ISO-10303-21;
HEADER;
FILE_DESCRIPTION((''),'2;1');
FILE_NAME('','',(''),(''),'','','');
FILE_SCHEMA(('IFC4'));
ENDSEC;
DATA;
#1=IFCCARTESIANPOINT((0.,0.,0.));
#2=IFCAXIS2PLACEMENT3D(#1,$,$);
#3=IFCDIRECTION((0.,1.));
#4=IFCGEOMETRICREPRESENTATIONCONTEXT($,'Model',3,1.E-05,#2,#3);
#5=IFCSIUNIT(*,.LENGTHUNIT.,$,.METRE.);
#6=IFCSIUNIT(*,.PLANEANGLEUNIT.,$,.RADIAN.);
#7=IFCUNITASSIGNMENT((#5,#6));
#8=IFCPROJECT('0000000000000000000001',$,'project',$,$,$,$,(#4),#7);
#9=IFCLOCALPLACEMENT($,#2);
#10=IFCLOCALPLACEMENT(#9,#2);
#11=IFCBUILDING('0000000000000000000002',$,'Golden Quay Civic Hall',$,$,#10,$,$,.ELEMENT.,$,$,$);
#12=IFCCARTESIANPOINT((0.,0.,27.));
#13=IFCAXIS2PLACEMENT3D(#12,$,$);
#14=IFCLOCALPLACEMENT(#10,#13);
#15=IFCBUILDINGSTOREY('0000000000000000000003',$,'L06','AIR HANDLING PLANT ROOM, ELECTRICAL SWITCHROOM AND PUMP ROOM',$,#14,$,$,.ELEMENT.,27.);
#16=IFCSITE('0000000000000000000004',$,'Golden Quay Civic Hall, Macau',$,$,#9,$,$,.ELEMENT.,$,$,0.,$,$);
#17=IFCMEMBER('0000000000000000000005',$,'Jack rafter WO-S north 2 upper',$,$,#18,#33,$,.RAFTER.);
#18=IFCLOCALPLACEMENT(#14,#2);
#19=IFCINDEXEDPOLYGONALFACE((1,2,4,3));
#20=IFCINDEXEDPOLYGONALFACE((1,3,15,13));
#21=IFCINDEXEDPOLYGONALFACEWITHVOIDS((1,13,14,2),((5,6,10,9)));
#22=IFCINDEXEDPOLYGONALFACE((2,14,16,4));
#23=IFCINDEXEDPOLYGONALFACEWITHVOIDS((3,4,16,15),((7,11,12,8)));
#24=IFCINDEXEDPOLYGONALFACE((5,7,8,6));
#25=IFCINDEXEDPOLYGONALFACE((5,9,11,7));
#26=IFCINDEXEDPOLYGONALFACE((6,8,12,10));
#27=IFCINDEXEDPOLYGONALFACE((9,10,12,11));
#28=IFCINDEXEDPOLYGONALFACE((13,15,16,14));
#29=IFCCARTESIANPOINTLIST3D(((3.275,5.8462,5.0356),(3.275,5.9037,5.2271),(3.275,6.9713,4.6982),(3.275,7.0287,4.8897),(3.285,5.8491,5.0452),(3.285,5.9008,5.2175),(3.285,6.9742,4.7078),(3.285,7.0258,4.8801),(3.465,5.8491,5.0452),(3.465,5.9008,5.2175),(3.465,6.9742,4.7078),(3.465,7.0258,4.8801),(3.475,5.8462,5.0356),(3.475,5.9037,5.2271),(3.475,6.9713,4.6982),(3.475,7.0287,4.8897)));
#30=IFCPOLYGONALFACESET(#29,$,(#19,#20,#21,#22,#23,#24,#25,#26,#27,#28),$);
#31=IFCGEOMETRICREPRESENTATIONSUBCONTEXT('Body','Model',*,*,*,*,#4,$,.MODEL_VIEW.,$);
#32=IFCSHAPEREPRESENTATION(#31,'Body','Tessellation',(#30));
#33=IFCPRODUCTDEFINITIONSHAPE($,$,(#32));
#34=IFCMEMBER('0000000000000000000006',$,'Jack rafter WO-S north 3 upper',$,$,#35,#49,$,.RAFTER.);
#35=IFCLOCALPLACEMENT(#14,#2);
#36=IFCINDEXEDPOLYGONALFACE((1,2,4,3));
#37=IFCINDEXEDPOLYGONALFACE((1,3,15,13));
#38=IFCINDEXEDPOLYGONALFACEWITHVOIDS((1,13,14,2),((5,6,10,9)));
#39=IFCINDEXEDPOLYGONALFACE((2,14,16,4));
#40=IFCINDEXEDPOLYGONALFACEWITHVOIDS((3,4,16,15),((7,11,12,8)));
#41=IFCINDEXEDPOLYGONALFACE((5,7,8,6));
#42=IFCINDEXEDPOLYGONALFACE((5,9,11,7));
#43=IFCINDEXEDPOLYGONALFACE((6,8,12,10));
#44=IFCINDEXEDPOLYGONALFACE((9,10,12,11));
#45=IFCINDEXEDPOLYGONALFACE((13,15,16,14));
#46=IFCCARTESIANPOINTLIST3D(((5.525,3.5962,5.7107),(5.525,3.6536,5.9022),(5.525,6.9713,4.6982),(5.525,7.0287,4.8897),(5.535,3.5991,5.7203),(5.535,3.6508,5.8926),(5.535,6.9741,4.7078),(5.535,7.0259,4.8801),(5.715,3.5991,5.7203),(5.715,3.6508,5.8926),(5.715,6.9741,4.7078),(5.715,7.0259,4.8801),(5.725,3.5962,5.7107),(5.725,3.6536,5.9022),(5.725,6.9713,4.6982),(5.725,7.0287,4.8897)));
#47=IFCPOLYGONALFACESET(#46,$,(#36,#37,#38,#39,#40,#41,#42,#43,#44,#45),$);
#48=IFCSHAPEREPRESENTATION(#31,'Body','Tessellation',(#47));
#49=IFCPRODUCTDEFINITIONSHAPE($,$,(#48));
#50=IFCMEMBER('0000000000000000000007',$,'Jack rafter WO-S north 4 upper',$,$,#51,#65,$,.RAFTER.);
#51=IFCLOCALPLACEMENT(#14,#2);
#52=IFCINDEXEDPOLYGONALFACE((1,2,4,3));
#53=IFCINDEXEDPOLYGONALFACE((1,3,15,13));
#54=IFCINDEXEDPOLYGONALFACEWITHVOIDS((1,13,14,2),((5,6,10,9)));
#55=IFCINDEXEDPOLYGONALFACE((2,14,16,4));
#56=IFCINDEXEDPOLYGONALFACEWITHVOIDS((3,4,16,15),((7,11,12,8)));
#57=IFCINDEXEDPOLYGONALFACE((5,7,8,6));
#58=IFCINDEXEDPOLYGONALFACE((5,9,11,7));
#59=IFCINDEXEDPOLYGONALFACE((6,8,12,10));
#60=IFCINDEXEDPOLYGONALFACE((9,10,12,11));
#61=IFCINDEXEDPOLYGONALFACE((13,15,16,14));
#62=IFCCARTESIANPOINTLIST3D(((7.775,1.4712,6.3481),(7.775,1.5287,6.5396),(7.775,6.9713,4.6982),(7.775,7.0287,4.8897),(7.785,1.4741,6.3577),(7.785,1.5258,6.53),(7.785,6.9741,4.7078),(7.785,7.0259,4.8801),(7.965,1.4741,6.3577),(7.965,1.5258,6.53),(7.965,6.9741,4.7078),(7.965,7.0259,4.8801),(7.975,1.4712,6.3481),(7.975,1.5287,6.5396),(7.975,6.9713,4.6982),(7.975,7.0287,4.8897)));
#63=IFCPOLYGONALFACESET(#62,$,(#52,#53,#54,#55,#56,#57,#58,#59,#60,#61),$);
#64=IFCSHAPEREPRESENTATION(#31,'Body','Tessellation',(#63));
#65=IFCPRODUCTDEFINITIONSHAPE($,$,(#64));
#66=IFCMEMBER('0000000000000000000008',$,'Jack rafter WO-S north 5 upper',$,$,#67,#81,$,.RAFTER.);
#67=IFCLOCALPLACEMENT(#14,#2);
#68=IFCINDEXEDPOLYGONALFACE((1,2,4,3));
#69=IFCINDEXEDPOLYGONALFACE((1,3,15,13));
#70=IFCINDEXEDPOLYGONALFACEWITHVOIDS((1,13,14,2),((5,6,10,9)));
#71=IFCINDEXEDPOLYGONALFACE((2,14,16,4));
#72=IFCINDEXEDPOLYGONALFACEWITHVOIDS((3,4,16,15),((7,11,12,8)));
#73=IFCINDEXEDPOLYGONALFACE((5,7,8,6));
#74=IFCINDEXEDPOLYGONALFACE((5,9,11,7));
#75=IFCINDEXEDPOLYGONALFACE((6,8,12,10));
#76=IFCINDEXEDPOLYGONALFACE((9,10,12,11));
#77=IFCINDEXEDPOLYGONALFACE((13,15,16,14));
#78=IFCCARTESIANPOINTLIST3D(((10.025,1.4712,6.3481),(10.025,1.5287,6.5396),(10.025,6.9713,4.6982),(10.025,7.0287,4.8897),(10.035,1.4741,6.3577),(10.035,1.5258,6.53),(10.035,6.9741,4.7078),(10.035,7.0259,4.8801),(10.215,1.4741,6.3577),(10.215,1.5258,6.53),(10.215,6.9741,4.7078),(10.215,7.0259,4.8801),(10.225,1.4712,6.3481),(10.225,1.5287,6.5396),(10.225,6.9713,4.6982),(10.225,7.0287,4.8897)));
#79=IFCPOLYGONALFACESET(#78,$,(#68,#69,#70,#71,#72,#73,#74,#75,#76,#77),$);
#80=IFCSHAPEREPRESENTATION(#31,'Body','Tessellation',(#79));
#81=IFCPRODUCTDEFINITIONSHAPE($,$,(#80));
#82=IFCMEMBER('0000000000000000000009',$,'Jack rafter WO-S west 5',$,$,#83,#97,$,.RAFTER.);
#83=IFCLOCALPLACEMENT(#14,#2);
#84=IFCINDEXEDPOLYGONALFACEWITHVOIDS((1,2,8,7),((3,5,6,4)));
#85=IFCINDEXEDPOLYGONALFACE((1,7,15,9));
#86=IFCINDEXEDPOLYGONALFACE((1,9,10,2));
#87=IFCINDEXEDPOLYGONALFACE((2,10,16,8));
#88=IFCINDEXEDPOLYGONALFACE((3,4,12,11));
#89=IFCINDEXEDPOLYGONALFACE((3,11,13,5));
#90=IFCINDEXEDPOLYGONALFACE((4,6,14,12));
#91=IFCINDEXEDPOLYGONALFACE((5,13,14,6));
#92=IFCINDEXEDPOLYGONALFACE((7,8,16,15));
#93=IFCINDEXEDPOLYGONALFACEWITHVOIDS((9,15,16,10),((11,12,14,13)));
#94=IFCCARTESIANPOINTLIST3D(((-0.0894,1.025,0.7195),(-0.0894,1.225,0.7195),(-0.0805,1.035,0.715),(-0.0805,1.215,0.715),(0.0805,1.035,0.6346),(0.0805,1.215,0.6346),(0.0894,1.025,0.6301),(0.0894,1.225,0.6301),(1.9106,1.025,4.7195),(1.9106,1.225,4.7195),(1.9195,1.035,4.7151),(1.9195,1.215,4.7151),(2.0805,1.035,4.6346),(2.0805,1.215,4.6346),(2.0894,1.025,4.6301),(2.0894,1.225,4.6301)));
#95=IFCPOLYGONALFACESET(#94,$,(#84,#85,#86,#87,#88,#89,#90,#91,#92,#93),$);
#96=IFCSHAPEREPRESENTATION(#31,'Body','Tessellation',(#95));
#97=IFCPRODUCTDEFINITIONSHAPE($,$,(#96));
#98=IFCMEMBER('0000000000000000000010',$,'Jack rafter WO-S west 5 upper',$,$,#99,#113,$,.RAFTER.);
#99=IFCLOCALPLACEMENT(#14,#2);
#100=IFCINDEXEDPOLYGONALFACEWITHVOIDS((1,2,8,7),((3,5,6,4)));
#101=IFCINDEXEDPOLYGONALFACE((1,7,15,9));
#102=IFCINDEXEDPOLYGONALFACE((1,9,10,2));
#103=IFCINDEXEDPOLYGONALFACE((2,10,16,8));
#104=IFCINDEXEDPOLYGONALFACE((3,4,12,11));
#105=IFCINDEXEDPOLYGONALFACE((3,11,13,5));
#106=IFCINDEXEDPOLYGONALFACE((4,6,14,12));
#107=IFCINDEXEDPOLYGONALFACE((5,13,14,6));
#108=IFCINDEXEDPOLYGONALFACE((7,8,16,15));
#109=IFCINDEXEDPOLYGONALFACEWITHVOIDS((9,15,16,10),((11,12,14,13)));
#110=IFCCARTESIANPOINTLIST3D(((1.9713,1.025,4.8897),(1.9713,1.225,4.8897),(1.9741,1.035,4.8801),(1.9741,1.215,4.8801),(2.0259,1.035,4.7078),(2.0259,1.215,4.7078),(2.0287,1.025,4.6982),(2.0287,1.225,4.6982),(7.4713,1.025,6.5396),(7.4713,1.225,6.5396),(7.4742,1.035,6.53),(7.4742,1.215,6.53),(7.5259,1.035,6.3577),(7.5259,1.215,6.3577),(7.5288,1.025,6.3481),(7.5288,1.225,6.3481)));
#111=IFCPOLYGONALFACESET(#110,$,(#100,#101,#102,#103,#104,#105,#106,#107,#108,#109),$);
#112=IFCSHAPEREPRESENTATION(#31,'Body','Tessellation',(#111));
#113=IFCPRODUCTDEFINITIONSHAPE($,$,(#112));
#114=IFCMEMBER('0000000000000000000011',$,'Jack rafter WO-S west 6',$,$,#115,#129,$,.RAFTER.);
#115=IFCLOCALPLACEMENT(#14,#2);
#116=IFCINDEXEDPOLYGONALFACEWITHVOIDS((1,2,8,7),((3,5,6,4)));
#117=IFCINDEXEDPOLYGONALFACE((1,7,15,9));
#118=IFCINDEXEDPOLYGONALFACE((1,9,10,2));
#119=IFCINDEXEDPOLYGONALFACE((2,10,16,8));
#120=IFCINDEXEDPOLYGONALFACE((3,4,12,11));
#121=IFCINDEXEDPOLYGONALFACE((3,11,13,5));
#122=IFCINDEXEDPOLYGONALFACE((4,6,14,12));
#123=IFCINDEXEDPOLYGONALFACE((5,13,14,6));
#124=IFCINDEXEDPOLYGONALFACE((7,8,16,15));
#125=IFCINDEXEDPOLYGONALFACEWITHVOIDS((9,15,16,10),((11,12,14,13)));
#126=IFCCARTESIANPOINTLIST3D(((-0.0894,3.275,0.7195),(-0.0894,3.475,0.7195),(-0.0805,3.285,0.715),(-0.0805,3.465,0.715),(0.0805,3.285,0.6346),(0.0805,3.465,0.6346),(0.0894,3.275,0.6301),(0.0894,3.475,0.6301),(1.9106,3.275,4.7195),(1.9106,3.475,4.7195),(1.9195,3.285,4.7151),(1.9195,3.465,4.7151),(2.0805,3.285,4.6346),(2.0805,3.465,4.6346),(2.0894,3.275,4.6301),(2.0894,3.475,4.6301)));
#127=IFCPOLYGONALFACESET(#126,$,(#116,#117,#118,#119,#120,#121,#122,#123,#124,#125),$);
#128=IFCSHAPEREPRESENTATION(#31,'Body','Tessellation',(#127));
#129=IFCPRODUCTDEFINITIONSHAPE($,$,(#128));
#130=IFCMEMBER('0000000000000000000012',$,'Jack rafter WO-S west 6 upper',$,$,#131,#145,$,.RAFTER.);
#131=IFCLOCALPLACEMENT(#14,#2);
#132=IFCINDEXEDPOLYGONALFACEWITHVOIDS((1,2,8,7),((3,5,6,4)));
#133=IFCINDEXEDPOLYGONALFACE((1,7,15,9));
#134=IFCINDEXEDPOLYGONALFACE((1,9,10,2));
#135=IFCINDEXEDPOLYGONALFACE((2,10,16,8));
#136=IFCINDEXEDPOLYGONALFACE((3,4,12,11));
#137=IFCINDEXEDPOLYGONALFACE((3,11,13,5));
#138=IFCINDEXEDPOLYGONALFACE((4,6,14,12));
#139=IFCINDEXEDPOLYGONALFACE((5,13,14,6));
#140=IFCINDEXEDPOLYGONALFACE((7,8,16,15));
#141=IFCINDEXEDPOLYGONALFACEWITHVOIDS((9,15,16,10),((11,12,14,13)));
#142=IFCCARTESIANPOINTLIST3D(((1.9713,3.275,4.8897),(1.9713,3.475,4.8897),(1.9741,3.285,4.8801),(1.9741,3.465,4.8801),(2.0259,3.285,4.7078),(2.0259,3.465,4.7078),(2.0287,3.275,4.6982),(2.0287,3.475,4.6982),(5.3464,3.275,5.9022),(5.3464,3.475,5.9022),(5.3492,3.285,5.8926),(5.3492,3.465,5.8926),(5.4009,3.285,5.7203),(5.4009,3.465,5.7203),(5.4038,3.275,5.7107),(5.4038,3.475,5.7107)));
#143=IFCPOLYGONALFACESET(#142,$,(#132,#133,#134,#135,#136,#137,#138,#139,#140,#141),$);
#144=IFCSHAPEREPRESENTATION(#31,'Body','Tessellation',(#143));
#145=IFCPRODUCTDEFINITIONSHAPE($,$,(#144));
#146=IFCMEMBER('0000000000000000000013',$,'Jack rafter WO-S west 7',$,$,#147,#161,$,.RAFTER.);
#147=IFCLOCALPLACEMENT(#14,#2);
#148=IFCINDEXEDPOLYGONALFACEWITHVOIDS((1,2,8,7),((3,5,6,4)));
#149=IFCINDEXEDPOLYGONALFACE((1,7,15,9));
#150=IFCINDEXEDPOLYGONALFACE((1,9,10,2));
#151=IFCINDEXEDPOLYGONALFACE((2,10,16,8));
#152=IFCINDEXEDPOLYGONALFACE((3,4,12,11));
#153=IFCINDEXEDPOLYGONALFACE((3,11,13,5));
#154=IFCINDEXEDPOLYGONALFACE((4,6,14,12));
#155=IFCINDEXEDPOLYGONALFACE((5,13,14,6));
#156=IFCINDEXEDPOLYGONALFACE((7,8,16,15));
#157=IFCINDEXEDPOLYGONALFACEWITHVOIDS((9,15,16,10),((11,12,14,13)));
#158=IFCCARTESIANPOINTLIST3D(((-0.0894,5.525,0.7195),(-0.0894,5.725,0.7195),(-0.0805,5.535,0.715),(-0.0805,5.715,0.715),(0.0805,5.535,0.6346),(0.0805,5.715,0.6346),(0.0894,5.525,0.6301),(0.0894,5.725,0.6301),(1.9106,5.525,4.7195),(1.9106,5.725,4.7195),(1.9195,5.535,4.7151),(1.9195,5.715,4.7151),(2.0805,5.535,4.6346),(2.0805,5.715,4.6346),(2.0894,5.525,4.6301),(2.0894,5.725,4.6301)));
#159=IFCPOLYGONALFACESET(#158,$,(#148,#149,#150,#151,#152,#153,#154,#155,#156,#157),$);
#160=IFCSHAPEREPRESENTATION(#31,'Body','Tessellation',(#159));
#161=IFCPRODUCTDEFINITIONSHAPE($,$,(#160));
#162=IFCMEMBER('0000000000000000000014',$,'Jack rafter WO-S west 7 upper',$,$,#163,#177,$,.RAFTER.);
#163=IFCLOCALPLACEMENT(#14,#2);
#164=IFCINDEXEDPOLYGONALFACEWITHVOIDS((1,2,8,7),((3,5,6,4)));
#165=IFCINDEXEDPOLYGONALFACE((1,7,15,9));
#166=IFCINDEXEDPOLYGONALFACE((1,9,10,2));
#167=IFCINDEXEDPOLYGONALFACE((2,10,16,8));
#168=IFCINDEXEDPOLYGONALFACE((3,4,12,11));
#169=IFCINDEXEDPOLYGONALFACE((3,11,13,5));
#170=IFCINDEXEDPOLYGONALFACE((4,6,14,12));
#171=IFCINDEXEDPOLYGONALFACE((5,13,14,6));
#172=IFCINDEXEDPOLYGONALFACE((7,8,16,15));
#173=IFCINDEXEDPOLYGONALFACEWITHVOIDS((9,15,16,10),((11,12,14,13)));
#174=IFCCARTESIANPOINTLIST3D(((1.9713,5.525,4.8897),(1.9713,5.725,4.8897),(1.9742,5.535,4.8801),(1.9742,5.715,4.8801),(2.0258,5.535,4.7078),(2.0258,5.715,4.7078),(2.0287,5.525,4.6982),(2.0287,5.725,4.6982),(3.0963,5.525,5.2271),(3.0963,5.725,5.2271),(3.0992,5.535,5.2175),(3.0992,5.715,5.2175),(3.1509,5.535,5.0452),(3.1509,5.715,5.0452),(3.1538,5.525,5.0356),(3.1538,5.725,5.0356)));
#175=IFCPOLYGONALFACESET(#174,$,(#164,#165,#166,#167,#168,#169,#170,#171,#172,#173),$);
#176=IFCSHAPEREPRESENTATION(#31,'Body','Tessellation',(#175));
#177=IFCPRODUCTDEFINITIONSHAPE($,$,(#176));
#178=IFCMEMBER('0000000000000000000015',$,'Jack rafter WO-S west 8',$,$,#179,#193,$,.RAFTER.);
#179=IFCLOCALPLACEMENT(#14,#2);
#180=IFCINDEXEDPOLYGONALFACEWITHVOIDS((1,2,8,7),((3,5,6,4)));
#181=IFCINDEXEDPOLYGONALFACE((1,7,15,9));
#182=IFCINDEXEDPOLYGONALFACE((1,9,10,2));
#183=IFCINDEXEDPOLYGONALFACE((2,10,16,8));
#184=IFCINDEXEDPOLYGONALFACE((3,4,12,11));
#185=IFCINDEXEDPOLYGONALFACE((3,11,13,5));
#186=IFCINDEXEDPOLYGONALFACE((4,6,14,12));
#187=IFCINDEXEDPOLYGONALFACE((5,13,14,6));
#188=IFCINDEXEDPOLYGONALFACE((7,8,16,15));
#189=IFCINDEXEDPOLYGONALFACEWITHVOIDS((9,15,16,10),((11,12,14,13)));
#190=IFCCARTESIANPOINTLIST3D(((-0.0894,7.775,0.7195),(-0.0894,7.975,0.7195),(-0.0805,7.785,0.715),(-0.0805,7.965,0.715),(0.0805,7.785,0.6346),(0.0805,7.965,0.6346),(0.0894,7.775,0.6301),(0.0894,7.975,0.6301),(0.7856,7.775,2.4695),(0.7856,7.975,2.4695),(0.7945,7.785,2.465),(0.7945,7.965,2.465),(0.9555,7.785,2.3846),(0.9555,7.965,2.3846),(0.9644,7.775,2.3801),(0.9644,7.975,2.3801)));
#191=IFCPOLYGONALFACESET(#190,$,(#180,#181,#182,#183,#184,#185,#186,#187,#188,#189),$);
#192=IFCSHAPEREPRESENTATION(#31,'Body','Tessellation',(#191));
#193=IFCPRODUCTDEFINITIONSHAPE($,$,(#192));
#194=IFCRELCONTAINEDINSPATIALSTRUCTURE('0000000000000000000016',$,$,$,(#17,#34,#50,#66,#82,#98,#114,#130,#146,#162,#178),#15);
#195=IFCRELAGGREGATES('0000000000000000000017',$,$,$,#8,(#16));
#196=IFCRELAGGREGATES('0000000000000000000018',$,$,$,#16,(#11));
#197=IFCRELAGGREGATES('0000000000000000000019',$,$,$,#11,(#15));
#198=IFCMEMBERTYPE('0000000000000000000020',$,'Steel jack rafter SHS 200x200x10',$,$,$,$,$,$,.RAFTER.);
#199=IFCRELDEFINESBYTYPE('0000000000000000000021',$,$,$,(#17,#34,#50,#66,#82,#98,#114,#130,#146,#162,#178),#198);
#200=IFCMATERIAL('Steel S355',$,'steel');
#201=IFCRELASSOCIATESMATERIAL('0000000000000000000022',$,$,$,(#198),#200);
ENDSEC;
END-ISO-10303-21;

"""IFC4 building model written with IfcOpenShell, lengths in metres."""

from ifc_helpers import new_model, si_unit, direction, frame, origin, origin_2d, place, context, subcontext, project, spatial, hollow_rectangle, extrude, material, material_profile, profile_set, type_object, element, save


model = new_model("IFC4")

# Units and contexts
model_context = context("Model", 3, precision=1e-05, world=origin(), true_north=direction((0.0, 1.0)))
body_context = subcontext(model_context, "Body", "Model", "MODEL_VIEW")
ifc_project = project(units=[si_unit("LENGTHUNIT", "METRE"), si_unit("PLANEANGLEUNIT", "RADIAN")], contexts=[model_context])

# Site, building, storey
site_placement = place(None, origin())
site = spatial("IfcSite", under=ifc_project, at=site_placement, Name="Golden Quay Civic Hall, Macau", CompositionType="ELEMENT", RefElevation=0.0)
building_placement = place(site_placement, origin())
building = spatial("IfcBuilding", under=site, at=building_placement, Name="Golden Quay Civic Hall", CompositionType="ELEMENT")
storey_placement = place(building_placement, frame((0.0, 0.0, 27.0)))
storey = spatial("IfcBuildingStorey", under=building, at=storey_placement, Name="L06", Description="AIR HANDLING PLANT ROOM, ELECTRICAL SWITCHROOM AND PUMP ROOM", CompositionType="ELEMENT", Elevation=27.0)

# Members
ifc_material_1 = material(Name="Steel S355", Category="steel")
ifc_material_profile_1 = material_profile(ifc_material_1, hollow_rectangle(XDim=0.2, YDim=0.2, WallThickness=0.01, at=origin_2d()), Name="SHS 200x200x10")
ifc_profile_set_1 = profile_set([ifc_material_profile_1], Name="Steel S355")
member_type_1 = type_object("IfcMemberType", Name="Steel jack rafter SHS 200x200x10", PredefinedType="RAFTER", material=ifc_profile_set_1)
member_1_placement = place(storey_placement, frame((3.375, 7.0, 4.7939), z_axis=(0.0, -0.957849, 0.287272), x_axis=(1.0, 0.0, 0.0)))
element("IfcMember", 1, at=member_1_placement, inside=storey, type_object=member_type_1, Name="Jack rafter WO-S north 2 upper", PredefinedType="RAFTER", context=body_context, shape_type="SweptSolid", body=[
    extrude(hollow_rectangle(XDim=0.2, YDim=0.2, WallThickness=0.01, at=origin_2d()), origin(), (0.0, 0.0, 1.0), 1.1746),
])
member_2_placement = place(storey_placement, frame((5.625, 7.0, 4.7939), z_axis=(0.0, -0.95783, 0.287335), x_axis=(1.0, 0.0, 0.0)))
element("IfcMember", 2, at=member_2_placement, inside=storey, type_object=member_type_1, Name="Jack rafter WO-S north 3 upper", PredefinedType="RAFTER", context=body_context, shape_type="SweptSolid", body=[
    extrude(hollow_rectangle(XDim=0.2, YDim=0.2, WallThickness=0.01, at=origin_2d()), origin(), (0.0, 0.0, 1.0), 3.5237),
])
for number, where, z_axis, x_axis, name in (
    (3, (7.875, 7.0, 4.7939), (0.0, -0.957831, 0.287332), (1.0, 0.0, 0.0), "Jack rafter WO-S north 4 upper"),
    (4, (10.125, 7.0, 4.7939), (0.0, -0.957831, 0.287332), (1.0, 0.0, 0.0), "Jack rafter WO-S north 5 upper"),
):
    element("IfcMember", number, at=place(storey_placement, frame(where, z_axis=z_axis, x_axis=x_axis)), inside=storey, type_object=member_type_1, Name=name, PredefinedType="RAFTER", context=body_context, shape_type="SweptSolid", body=[
        extrude(hollow_rectangle(XDim=0.2, YDim=0.2, WallThickness=0.01, at=origin_2d()), origin(), (0.0, 0.0, 1.0), 5.7422),
    ])
member_3_placement = place(storey_placement, frame((0.0, 1.125, 0.6748), z_axis=(0.447214, 0.0, 0.894427), x_axis=(0.0, 1.0, 0.0)))
element("IfcMember", 5, at=member_3_placement, inside=storey, type_object=member_type_1, Name="Jack rafter WO-S west 5", PredefinedType="RAFTER", context=body_context, shape_type="SweptSolid", body=[
    extrude(hollow_rectangle(XDim=0.2, YDim=0.2, WallThickness=0.01, at=origin_2d()), origin(), (0.0, 0.0, 1.0), 4.4722),
])
member_4_placement = place(storey_placement, frame((2.0, 1.125, 4.7939), z_axis=(0.957831, 0.0, 0.287332), x_axis=(0.0, 1.0, 0.0)))
element("IfcMember", 6, at=member_4_placement, inside=storey, type_object=member_type_1, Name="Jack rafter WO-S west 5 upper", PredefinedType="RAFTER", context=body_context, shape_type="SweptSolid", body=[
    extrude(hollow_rectangle(XDim=0.2, YDim=0.2, WallThickness=0.01, at=origin_2d()), origin(), (0.0, 0.0, 1.0), 5.7422),
])
member_5_placement = place(storey_placement, frame((0.0, 3.375, 0.6748), z_axis=(0.447214, 0.0, 0.894427), x_axis=(0.0, 1.0, 0.0)))
element("IfcMember", 7, at=member_5_placement, inside=storey, type_object=member_type_1, Name="Jack rafter WO-S west 6", PredefinedType="RAFTER", context=body_context, shape_type="SweptSolid", body=[
    extrude(hollow_rectangle(XDim=0.2, YDim=0.2, WallThickness=0.01, at=origin_2d()), origin(), (0.0, 0.0, 1.0), 4.4722),
])
member_6_placement = place(storey_placement, frame((2.0, 3.375, 4.7939), z_axis=(0.95783, 0.0, 0.287335), x_axis=(0.0, 1.0, 0.0)))
element("IfcMember", 8, at=member_6_placement, inside=storey, type_object=member_type_1, Name="Jack rafter WO-S west 6 upper", PredefinedType="RAFTER", context=body_context, shape_type="SweptSolid", body=[
    extrude(hollow_rectangle(XDim=0.2, YDim=0.2, WallThickness=0.01, at=origin_2d()), origin(), (0.0, 0.0, 1.0), 3.5237),
])
member_7_placement = place(storey_placement, frame((0.0, 5.625, 0.6748), z_axis=(0.447214, 0.0, 0.894427), x_axis=(0.0, 1.0, 0.0)))
element("IfcMember", 9, at=member_7_placement, inside=storey, type_object=member_type_1, Name="Jack rafter WO-S west 7", PredefinedType="RAFTER", context=body_context, shape_type="SweptSolid", body=[
    extrude(hollow_rectangle(XDim=0.2, YDim=0.2, WallThickness=0.01, at=origin_2d()), origin(), (0.0, 0.0, 1.0), 4.4722),
])
member_8_placement = place(storey_placement, frame((2.0, 5.625, 4.7939), z_axis=(0.957849, 0.0, 0.287272), x_axis=(0.0, 1.0, 0.0)))
element("IfcMember", 10, at=member_8_placement, inside=storey, type_object=member_type_1, Name="Jack rafter WO-S west 7 upper", PredefinedType="RAFTER", context=body_context, shape_type="SweptSolid", body=[
    extrude(hollow_rectangle(XDim=0.2, YDim=0.2, WallThickness=0.01, at=origin_2d()), origin(), (0.0, 0.0, 1.0), 1.1746),
])
member_9_placement = place(storey_placement, frame((0.0, 7.875, 0.6748), z_axis=(0.447214, 0.0, 0.894427), x_axis=(0.0, 1.0, 0.0)))
element("IfcMember", 11, at=member_9_placement, inside=storey, type_object=member_type_1, Name="Jack rafter WO-S west 8", PredefinedType="RAFTER", context=body_context, shape_type="SweptSolid", body=[
    extrude(hollow_rectangle(XDim=0.2, YDim=0.2, WallThickness=0.01, at=origin_2d()), origin(), (0.0, 0.0, 1.0), 1.9565),
])

save(model, "model.ifc")
